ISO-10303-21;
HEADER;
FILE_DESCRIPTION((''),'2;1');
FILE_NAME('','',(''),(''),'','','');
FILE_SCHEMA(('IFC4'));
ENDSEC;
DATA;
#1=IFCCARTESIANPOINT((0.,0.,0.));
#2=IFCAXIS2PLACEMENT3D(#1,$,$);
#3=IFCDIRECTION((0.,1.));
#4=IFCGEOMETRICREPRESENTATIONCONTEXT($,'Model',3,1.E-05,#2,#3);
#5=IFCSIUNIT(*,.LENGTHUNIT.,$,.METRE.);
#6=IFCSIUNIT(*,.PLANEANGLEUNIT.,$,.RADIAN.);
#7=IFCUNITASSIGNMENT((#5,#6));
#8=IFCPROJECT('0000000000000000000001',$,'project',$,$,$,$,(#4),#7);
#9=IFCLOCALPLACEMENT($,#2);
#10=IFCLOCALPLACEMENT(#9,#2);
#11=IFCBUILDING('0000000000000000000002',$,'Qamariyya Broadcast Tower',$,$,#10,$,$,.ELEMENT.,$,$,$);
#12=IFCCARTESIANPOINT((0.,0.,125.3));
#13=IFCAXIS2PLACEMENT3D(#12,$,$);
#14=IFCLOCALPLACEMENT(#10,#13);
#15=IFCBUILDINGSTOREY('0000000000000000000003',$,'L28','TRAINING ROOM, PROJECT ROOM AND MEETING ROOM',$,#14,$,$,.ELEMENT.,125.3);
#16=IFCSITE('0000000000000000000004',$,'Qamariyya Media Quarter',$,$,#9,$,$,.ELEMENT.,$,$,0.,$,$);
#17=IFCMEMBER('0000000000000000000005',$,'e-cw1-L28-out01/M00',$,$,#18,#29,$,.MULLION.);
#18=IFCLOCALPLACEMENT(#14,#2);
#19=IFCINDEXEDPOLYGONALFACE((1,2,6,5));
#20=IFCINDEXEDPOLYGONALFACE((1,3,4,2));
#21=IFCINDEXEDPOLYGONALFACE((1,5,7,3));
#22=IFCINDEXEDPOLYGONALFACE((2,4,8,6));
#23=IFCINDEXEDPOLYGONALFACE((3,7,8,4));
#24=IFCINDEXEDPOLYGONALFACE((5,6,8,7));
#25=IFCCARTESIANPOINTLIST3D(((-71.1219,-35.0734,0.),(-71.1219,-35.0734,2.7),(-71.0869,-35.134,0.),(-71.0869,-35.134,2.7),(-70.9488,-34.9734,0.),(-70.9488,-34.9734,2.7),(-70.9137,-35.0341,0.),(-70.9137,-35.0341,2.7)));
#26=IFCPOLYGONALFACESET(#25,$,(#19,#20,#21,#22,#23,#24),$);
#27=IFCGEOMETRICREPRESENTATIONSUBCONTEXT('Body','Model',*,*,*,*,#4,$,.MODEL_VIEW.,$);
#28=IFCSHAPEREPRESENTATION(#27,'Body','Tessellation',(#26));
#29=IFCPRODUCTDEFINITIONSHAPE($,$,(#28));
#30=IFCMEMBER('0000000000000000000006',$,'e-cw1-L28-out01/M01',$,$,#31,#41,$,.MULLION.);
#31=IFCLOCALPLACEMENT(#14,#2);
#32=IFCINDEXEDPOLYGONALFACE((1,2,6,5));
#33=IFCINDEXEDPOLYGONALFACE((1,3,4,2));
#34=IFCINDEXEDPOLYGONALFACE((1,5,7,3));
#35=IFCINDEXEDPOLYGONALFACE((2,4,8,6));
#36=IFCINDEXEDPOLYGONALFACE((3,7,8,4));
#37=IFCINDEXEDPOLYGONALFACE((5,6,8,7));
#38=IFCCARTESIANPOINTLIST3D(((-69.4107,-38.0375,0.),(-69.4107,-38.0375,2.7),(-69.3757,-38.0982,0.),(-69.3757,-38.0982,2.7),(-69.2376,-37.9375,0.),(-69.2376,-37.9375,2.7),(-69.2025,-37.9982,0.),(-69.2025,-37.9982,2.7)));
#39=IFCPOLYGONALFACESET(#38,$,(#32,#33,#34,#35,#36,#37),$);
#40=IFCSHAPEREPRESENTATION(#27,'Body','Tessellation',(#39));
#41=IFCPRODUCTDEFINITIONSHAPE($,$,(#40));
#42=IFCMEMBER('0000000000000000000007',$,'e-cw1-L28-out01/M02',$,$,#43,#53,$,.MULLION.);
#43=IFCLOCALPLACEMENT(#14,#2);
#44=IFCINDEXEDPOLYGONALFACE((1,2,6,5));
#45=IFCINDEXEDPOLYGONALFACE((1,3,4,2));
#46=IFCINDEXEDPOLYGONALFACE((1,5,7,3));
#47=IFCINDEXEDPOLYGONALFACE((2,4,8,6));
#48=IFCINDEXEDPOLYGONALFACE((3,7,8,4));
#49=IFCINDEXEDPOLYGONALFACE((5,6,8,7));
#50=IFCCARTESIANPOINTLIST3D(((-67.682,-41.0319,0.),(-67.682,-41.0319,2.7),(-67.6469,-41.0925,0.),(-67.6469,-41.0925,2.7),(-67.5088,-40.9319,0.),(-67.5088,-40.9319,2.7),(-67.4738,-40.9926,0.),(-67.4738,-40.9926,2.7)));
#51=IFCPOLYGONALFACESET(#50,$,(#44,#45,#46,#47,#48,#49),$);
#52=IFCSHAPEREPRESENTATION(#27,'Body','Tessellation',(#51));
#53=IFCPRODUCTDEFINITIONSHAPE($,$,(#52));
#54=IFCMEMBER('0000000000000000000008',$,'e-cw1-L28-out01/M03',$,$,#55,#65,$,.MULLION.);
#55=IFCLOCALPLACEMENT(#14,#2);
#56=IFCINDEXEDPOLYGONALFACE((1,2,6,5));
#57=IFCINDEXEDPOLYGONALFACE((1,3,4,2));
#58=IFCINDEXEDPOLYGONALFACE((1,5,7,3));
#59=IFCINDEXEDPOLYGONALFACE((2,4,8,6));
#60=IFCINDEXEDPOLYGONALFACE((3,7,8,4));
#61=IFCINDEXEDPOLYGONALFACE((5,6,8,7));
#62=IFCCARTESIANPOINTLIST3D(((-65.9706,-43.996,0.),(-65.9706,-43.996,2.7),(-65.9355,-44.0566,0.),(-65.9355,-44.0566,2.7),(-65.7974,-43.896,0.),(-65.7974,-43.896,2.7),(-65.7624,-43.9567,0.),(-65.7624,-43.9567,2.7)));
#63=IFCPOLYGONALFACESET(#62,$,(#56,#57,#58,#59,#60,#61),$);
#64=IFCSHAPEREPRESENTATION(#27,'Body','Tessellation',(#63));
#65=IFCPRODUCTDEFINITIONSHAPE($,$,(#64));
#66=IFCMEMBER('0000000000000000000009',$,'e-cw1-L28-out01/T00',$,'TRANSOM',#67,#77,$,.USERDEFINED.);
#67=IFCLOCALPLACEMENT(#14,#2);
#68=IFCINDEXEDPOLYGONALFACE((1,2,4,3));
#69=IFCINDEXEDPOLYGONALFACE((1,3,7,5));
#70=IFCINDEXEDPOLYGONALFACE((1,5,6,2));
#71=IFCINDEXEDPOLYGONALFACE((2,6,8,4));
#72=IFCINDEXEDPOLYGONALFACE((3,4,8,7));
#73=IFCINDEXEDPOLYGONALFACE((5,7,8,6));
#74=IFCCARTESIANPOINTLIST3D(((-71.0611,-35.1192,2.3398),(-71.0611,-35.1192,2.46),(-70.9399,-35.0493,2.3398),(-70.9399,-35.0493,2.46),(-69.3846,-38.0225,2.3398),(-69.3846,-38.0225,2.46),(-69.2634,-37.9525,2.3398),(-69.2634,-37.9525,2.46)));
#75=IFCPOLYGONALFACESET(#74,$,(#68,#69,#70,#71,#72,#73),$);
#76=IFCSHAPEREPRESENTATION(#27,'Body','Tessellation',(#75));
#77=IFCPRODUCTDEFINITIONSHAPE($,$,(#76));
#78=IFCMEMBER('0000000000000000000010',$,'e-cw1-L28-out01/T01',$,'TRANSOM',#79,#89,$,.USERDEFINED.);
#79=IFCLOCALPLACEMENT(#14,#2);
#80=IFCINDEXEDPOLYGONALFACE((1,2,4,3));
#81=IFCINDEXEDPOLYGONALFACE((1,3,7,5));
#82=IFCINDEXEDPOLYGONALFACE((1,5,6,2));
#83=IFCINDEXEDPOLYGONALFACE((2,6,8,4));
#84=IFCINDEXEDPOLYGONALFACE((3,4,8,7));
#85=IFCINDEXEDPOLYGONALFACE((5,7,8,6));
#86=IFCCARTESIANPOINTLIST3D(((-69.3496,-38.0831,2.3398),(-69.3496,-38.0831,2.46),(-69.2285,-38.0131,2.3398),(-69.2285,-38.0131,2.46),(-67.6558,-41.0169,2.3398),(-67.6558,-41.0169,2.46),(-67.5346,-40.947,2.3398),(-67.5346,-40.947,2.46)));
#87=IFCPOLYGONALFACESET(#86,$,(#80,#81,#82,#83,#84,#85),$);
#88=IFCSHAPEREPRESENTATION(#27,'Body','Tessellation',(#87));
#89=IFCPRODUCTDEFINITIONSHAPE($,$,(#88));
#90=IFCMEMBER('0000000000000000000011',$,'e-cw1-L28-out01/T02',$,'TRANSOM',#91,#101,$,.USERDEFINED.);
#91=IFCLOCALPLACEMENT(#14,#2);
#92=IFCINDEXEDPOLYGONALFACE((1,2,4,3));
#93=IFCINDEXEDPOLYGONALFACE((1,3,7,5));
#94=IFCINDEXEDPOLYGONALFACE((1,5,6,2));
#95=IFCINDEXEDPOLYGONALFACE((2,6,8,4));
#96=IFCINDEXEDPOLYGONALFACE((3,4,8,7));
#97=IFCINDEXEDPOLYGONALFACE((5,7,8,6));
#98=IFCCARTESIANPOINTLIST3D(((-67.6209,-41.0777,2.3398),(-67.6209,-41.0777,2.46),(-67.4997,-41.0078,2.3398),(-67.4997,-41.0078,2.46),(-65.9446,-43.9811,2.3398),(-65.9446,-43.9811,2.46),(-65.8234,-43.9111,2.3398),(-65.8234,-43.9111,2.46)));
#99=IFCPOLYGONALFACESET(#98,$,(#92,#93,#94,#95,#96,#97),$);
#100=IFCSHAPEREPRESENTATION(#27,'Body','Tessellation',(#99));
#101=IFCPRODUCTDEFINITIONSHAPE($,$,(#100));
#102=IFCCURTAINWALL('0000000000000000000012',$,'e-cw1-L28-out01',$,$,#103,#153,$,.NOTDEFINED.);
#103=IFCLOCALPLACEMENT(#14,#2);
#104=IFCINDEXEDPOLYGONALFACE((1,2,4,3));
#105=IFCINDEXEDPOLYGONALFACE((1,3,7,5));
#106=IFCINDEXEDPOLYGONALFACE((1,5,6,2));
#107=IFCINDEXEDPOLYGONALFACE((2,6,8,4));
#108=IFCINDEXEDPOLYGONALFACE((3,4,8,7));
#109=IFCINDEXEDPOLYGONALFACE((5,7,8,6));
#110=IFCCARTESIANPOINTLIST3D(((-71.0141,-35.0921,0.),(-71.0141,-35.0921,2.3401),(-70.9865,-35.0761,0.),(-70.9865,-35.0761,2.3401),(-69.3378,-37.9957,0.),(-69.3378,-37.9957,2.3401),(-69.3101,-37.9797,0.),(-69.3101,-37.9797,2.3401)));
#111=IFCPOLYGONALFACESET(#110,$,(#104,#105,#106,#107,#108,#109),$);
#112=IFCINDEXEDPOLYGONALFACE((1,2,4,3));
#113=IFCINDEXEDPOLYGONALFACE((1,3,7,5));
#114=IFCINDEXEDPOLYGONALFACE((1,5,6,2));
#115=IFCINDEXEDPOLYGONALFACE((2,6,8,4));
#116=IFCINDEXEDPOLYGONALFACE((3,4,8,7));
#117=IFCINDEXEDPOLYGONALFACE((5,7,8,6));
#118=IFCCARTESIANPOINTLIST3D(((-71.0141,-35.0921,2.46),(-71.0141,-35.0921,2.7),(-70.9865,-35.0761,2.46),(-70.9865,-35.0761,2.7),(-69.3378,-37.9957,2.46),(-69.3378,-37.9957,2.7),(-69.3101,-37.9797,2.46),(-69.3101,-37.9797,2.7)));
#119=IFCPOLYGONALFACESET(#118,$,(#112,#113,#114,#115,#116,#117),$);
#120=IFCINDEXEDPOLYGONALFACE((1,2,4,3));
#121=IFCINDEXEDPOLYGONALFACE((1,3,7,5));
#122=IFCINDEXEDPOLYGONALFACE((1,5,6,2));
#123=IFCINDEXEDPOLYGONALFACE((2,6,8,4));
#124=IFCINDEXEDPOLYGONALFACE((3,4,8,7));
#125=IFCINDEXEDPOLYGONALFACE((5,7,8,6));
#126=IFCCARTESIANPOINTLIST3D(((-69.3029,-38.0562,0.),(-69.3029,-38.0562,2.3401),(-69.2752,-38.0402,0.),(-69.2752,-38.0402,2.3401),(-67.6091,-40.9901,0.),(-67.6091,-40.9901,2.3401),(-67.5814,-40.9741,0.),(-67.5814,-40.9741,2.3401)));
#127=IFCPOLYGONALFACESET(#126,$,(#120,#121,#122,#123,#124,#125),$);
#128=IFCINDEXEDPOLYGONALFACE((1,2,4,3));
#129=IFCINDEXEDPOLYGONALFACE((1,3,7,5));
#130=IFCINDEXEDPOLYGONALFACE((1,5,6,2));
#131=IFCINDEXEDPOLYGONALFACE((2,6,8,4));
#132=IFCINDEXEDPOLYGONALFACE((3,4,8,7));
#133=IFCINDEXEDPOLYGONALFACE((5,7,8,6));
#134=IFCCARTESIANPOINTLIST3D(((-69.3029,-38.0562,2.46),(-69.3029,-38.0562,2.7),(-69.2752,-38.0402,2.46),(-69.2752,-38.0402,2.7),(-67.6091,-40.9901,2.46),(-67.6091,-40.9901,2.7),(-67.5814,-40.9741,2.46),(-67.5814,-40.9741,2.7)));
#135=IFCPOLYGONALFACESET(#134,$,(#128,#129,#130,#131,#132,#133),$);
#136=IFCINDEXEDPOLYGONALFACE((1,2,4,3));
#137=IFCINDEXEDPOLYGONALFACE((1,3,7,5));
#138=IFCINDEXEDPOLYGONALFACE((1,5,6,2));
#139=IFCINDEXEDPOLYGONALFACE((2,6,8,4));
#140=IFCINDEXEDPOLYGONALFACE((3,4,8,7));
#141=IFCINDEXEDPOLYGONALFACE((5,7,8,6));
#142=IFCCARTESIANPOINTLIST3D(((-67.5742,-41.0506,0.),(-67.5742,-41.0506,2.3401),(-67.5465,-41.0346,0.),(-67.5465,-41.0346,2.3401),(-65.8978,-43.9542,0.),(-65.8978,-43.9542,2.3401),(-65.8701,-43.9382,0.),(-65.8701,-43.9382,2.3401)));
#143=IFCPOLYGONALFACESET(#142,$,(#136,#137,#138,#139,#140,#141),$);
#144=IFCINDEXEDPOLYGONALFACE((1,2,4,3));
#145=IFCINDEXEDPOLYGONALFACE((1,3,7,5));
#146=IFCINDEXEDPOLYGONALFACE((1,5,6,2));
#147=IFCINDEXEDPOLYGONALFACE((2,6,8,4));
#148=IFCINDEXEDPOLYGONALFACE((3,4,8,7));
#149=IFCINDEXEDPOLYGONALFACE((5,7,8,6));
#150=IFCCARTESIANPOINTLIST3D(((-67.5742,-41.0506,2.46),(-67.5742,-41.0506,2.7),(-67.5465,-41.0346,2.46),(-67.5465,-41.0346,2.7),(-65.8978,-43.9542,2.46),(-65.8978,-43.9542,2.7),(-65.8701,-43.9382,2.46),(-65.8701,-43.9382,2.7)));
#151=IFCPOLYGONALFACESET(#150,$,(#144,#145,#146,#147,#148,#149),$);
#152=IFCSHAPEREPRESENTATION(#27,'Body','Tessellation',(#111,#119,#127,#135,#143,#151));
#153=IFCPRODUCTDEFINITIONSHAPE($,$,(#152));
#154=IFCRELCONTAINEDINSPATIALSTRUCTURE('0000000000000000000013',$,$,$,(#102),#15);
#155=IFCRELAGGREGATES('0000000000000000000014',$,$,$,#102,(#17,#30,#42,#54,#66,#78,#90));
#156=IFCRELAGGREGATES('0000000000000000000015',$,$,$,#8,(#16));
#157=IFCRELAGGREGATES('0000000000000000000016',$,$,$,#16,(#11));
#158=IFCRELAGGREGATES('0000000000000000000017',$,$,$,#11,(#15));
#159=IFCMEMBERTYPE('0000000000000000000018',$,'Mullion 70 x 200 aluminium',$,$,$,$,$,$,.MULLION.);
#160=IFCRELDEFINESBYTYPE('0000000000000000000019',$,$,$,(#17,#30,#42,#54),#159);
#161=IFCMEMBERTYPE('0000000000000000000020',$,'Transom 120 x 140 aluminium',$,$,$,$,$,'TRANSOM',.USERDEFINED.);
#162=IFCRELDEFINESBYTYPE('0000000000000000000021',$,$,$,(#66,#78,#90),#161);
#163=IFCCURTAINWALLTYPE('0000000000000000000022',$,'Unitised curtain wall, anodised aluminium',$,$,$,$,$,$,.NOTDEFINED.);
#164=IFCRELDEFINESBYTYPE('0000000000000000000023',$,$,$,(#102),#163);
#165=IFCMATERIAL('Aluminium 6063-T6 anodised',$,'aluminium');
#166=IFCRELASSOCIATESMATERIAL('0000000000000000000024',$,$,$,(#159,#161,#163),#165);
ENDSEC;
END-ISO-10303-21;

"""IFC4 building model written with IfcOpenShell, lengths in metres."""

from ifc_helpers import new_model, si_unit, direction, frame, origin, origin_2d, place, context, subcontext, project, spatial, rectangle, extrude, material, material_profile, profile_set, type_object, element, aggregate, save


model = new_model("IFC4")

# Units and contexts
model_context = context("Model", 3, precision=1e-05, world=origin(), true_north=direction((0.0, 1.0)))
body_context = subcontext(model_context, "Body", "Model", "MODEL_VIEW")
ifc_project = project(units=[si_unit("LENGTHUNIT", "METRE"), si_unit("PLANEANGLEUNIT", "RADIAN")], contexts=[model_context])

# Members
ifc_material = material(Name="Aluminium 6063-T6 anodised", Category="aluminium")
ifc_material_profile_1 = material_profile(ifc_material, rectangle(XDim=0.2, YDim=0.0701, at=origin_2d()))
ifc_profile_set_1 = profile_set([ifc_material_profile_1], Name="Aluminium 6063-T6 anodised")
member_type_1 = type_object("IfcMemberType", Name="Mullion 70 x 200 aluminium", PredefinedType="MULLION", material=ifc_profile_set_1)
site_placement = place(None, origin())
building_placement = place(site_placement, origin())
storey_placement = place(building_placement, frame((0.0, 0.0, 125.3)))
member_1_placement = place(storey_placement, frame((-71.0178, -35.0537, 0.0), z_axis=(0.0, 0.0, 1.0), x_axis=(0.866025, 0.5, 0.0)))
member_1 = element("IfcMember", 1, at=member_1_placement, type_object=member_type_1, Name="e-cw1-L28-out01/M00", PredefinedType="MULLION", context=body_context, shape_type="SweptSolid", body=[
    extrude(rectangle(XDim=0.2, YDim=0.0701, at=origin_2d()), origin(), (0.0, 0.0, 1.0), 2.7),
])
member_2_placement = place(storey_placement, frame((-69.3066, -38.0178, 0.0), z_axis=(0.0, 0.0, 1.0), x_axis=(0.866025, 0.5, 0.0)))
member_2 = element("IfcMember", 2, at=member_2_placement, type_object=member_type_1, Name="e-cw1-L28-out01/M01", PredefinedType="MULLION", context=body_context, shape_type="SweptSolid", body=[
    extrude(rectangle(XDim=0.2, YDim=0.0701, at=origin_2d()), origin(), (0.0, 0.0, 1.0), 2.7),
])
member_3_placement = place(storey_placement, frame((-67.5779, -41.0122, 0.0), z_axis=(0.0, 0.0, 1.0), x_axis=(0.866025, 0.5, 0.0)))
member_3 = element("IfcMember", 3, at=member_3_placement, type_object=member_type_1, Name="e-cw1-L28-out01/M02", PredefinedType="MULLION", context=body_context, shape_type="SweptSolid", body=[
    extrude(rectangle(XDim=0.2, YDim=0.0701, at=origin_2d()), origin(), (0.0, 0.0, 1.0), 2.7),
])
member_4_placement = place(storey_placement, frame((-65.8665, -43.9763, 0.0), z_axis=(0.0, 0.0, 1.0), x_axis=(0.866025, 0.5, 0.0)))
member_4 = element("IfcMember", 4, at=member_4_placement, type_object=member_type_1, Name="e-cw1-L28-out01/M03", PredefinedType="MULLION", context=body_context, shape_type="SweptSolid", body=[
    extrude(rectangle(XDim=0.2, YDim=0.0701, at=origin_2d()), origin(), (0.0, 0.0, 1.0), 2.7),
])
ifc_material_profile_2 = material_profile(ifc_material, rectangle(XDim=0.1399, YDim=0.1201, at=origin_2d()))
ifc_profile_set_2 = profile_set([ifc_material_profile_2], Name="Aluminium 6063-T6 anodised")
member_type_2 = type_object("IfcMemberType", Name="Transom 120 x 140 aluminium", ElementType="TRANSOM", PredefinedType="USERDEFINED", material=ifc_profile_set_2)
member_5_placement = place(storey_placement, frame((-71.0005, -35.0842, 2.3999), z_axis=(0.500063, -0.865989, 0.0), x_axis=(0.865989, 0.500063, 0.0)))
member_5 = element("IfcMember", 5, at=member_5_placement, type_object=member_type_2, Name="e-cw1-L28-out01/T00", ObjectType="TRANSOM", PredefinedType="USERDEFINED", context=body_context, shape_type="SweptSolid", body=[
    extrude(rectangle(XDim=0.1399, YDim=0.1201, at=origin_2d()), origin(), (0.0, 0.0, 1.0), 3.3525),
])
member_6_placement = place(storey_placement, frame((-69.2891, -38.0481, 2.3999), z_axis=(0.499999, -0.866026, 0.0), x_axis=(0.866026, 0.499999, 0.0)))
member_6 = element("IfcMember", 6, at=member_6_placement, type_object=member_type_2, Name="e-cw1-L28-out01/T01", ObjectType="TRANSOM", PredefinedType="USERDEFINED", context=body_context, shape_type="SweptSolid", body=[
    extrude(rectangle(XDim=0.1399, YDim=0.1201, at=origin_2d()), origin(), (0.0, 0.0, 1.0), 3.3877),
])
member_7_placement = place(storey_placement, frame((-67.5603, -41.0427, 2.3999), z_axis=(0.500008, -0.866021, 0.0), x_axis=(0.866021, 0.500008, 0.0)))
member_7 = element("IfcMember", 7, at=member_7_placement, type_object=member_type_2, Name="e-cw1-L28-out01/T02", ObjectType="TRANSOM", PredefinedType="USERDEFINED", context=body_context, shape_type="SweptSolid", body=[
    extrude(rectangle(XDim=0.1399, YDim=0.1201, at=origin_2d()), origin(), (0.0, 0.0, 1.0), 3.3525),
])

# Site, building, storey
site = spatial("IfcSite", under=ifc_project, at=site_placement, Name="Qamariyya Media Quarter", CompositionType="ELEMENT", RefElevation=0.0)
building = spatial("IfcBuilding", under=site, at=building_placement, Name="Qamariyya Broadcast Tower", CompositionType="ELEMENT")
storey = spatial("IfcBuildingStorey", under=building, at=storey_placement, Name="L28", Description="TRAINING ROOM, PROJECT ROOM AND MEETING ROOM", CompositionType="ELEMENT", Elevation=125.3)

# Curtain wall
curtain_wall_type = type_object("IfcCurtainWallType", Name="Unitised curtain wall, anodised aluminium", PredefinedType="NOTDEFINED", material=ifc_material)
curtain_wall_1_placement = place(storey_placement, origin())
curtain_wall_1 = element("IfcCurtainWall", 8, at=curtain_wall_1_placement, inside=storey, type_object=curtain_wall_type, Name="e-cw1-L28-out01", PredefinedType="NOTDEFINED", context=body_context, shape_type="SweptSolid", body=[
    extrude(rectangle(XDim=3.3528, YDim=0.032, at=origin_2d()), frame((-70.1621, -36.5359, 0.0), x_axis=(0.499997, -0.866027, 0.0)), (0.0, 0.0, 1.0), 2.3401),
    extrude(rectangle(XDim=3.3528, YDim=0.032, at=origin_2d()), frame((-70.1621, -36.5359, 2.46), x_axis=(0.499997, -0.866027, 0.0)), (0.0, 0.0, 1.0), 0.24),
    extrude(rectangle(XDim=3.3877, YDim=0.032, at=origin_2d()), frame((-68.4421, -39.5151, 0.0), x_axis=(0.499997, -0.866027, 0.0)), (0.0, 0.0, 1.0), 2.3401),
    extrude(rectangle(XDim=3.3877, YDim=0.032, at=origin_2d()), frame((-68.4421, -39.5151, 2.46), x_axis=(0.499997, -0.866027, 0.0)), (0.0, 0.0, 1.0), 0.24),
    extrude(rectangle(XDim=3.3528, YDim=0.032, at=origin_2d()), frame((-66.7222, -42.4944, 0.0), x_axis=(0.499997, -0.866027, 0.0)), (0.0, 0.0, 1.0), 2.3401),
    extrude(rectangle(XDim=3.3528, YDim=0.032, at=origin_2d()), frame((-66.7222, -42.4944, 2.46), x_axis=(0.499997, -0.866027, 0.0)), (0.0, 0.0, 1.0), 0.24),
])
aggregate(curtain_wall_1, [member_1, member_2, member_3, member_4, member_5, member_6, member_7])

save(model, "model.ifc")
